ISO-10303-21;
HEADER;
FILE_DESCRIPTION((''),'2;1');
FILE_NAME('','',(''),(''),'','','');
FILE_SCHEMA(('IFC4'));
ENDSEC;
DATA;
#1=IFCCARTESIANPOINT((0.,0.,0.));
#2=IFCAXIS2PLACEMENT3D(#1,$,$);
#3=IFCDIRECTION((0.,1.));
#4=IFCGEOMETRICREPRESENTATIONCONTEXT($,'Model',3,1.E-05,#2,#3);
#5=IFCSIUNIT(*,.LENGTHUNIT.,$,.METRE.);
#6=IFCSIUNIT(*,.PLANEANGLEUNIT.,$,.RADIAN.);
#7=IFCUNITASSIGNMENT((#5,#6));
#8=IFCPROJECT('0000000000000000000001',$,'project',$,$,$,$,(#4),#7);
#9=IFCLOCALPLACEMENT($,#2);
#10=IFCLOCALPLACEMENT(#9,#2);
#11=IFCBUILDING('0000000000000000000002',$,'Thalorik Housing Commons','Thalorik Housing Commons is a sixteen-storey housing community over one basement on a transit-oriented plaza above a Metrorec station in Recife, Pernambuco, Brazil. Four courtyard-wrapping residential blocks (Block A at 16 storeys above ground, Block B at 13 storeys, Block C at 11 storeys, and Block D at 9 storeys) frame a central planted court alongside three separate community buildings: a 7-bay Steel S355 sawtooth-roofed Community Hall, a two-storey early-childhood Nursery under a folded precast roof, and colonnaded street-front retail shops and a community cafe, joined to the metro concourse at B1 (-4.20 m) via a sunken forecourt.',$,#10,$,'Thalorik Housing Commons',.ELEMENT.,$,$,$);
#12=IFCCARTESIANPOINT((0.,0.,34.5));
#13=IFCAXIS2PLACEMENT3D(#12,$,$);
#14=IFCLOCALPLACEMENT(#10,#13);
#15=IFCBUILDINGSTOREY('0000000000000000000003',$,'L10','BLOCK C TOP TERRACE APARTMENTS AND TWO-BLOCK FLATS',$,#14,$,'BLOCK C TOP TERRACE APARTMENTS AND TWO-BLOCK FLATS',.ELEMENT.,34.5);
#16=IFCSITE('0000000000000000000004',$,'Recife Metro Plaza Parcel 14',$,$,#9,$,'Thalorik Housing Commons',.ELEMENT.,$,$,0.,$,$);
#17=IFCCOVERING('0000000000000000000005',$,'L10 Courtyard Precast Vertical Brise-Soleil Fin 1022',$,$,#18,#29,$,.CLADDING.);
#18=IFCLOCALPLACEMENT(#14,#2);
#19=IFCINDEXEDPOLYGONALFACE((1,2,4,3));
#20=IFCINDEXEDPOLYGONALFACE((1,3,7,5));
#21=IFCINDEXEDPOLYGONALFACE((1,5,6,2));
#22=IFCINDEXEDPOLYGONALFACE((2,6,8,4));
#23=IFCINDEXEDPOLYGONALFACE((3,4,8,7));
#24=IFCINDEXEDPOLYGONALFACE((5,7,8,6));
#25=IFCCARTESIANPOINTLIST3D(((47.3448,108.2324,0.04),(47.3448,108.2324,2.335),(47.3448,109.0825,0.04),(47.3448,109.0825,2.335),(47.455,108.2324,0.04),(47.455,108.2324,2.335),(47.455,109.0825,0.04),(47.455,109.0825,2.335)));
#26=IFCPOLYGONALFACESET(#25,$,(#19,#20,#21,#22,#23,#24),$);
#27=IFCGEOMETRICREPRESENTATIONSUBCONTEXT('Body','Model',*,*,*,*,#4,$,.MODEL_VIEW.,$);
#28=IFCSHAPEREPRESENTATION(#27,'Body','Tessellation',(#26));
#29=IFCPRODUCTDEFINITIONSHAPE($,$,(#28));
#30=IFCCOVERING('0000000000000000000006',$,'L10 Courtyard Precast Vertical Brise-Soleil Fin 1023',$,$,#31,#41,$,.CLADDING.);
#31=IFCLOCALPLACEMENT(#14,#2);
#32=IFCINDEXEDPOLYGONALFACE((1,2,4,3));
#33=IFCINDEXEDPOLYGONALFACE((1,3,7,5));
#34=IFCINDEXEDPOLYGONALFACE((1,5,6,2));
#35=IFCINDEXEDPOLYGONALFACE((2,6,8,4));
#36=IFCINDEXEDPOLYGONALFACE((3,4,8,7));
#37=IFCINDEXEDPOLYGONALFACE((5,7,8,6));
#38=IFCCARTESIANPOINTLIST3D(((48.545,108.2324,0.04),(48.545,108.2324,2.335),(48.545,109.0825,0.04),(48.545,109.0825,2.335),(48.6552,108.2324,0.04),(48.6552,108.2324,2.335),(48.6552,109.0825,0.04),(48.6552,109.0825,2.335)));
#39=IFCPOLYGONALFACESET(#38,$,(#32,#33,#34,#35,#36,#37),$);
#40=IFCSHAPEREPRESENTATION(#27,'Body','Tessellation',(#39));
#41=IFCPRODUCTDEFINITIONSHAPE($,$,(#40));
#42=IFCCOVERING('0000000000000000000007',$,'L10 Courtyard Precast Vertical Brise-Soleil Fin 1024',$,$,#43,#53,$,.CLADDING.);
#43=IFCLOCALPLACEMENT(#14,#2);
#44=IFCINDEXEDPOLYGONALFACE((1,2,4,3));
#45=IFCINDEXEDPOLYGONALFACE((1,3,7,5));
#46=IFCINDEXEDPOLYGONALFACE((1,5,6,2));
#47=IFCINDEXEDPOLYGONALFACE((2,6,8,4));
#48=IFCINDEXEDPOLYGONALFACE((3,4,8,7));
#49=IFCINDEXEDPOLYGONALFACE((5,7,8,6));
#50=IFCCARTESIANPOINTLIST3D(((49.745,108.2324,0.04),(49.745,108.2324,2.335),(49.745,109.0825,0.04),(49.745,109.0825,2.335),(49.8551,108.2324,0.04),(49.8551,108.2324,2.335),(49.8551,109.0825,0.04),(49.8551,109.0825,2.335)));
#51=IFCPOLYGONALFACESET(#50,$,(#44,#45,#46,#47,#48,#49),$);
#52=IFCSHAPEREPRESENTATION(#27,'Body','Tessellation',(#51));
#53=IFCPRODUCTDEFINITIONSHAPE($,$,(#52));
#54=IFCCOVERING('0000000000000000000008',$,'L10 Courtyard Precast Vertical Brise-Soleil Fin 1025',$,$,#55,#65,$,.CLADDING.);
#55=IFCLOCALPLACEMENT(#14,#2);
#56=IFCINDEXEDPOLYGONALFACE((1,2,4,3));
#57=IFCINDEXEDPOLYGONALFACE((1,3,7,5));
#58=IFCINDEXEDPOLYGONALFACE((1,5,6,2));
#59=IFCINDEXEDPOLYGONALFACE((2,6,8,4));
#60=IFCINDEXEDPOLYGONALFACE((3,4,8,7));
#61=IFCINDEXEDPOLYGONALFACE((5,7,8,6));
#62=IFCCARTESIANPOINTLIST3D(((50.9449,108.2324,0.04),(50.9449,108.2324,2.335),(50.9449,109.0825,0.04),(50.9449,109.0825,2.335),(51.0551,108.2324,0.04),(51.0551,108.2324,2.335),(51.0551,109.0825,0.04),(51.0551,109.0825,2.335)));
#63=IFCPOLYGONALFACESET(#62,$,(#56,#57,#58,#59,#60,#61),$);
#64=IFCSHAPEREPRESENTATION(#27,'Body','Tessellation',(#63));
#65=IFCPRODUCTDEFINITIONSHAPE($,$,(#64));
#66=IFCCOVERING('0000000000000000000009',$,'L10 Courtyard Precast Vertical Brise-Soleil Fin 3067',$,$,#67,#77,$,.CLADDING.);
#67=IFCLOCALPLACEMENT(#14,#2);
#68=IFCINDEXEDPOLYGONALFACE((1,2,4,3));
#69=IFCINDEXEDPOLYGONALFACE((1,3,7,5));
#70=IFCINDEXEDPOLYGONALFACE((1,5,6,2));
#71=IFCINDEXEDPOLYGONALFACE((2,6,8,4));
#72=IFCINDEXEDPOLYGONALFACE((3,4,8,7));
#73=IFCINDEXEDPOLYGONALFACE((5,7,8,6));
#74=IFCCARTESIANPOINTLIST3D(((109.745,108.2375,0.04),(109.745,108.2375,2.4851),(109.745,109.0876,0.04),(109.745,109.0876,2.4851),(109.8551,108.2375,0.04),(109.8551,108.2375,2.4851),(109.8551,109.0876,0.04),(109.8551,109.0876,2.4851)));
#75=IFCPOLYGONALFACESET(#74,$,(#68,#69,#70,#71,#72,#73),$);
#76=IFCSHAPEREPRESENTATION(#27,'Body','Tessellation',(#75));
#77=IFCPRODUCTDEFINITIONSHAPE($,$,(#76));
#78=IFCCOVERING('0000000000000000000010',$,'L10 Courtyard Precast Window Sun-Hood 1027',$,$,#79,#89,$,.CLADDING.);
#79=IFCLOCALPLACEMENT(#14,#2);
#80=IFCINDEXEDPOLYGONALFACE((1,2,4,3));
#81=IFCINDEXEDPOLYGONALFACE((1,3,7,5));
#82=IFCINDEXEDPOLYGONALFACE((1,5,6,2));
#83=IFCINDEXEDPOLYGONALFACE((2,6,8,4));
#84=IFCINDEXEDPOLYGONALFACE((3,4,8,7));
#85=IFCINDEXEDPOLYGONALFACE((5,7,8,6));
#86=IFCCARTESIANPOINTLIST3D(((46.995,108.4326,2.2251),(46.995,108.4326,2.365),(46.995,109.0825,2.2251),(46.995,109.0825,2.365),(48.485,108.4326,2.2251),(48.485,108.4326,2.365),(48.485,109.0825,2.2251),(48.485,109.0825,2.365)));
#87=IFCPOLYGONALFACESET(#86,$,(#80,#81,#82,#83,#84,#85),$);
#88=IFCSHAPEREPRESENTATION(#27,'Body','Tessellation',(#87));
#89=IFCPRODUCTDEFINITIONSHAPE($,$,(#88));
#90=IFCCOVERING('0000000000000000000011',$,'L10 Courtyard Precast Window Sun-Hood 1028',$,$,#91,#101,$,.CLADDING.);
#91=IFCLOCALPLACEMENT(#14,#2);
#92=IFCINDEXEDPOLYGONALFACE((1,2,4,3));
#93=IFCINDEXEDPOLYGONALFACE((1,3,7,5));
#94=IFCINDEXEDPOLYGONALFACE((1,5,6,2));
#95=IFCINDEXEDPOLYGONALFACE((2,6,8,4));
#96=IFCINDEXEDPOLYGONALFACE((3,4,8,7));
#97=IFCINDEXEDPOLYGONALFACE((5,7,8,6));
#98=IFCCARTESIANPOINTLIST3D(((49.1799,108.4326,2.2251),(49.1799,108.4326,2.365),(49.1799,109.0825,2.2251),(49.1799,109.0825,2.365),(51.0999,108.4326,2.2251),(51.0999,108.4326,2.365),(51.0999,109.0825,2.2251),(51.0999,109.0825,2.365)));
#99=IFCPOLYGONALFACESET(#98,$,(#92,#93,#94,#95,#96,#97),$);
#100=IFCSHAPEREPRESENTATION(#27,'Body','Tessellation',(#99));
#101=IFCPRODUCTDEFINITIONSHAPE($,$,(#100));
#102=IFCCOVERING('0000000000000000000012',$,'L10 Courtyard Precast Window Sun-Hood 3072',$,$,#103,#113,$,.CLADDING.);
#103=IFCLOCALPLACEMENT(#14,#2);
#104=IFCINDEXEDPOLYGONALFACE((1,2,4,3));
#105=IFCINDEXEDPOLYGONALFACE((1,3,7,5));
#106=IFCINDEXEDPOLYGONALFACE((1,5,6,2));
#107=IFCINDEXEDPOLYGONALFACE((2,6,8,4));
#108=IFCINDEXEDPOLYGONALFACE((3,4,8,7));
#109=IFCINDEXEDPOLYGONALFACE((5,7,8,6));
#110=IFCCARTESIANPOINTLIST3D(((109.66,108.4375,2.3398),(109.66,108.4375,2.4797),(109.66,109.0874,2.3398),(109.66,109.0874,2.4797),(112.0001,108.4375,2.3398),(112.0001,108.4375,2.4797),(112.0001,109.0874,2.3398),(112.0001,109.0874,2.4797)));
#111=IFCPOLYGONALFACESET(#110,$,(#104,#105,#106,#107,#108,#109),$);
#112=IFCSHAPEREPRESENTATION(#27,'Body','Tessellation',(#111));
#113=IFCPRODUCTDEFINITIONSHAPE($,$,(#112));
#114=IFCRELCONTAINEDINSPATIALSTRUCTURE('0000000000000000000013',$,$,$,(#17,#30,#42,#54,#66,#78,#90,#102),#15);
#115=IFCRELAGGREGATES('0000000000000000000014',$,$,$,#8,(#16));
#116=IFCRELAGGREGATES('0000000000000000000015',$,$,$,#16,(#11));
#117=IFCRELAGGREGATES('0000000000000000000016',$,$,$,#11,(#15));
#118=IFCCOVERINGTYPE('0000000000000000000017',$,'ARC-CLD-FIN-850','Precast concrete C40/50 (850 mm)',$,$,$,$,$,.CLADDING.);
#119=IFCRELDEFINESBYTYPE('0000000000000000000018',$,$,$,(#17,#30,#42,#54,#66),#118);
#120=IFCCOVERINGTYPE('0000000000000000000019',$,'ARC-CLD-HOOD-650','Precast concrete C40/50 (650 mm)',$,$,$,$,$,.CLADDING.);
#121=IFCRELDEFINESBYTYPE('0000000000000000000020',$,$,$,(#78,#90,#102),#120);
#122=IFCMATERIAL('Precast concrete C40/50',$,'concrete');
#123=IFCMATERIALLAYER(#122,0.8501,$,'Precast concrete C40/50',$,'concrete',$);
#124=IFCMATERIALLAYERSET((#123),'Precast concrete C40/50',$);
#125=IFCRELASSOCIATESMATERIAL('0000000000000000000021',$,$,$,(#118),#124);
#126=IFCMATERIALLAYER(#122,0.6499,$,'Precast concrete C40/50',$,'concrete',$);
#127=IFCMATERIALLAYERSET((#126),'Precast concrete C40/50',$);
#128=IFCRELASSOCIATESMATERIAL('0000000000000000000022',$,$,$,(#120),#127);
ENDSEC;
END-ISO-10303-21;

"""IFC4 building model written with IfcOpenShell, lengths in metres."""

from ifc_helpers import new_model, si_unit, direction, frame, origin, origin_2d, place, context, subcontext, project, spatial, rectangle, extrude, material, layer, layer_set, type_object, element, save


model = new_model("IFC4")

# Units and contexts
model_context = context("Model", 3, precision=1e-05, world=origin(), true_north=direction((0.0, 1.0)))
body_context = subcontext(model_context, "Body", "Model", "MODEL_VIEW")
ifc_project = project(units=[si_unit("LENGTHUNIT", "METRE"), si_unit("PLANEANGLEUNIT", "RADIAN")], contexts=[model_context])

# Site, building, storey
site_placement = place(None, origin())
site = spatial("IfcSite", under=ifc_project, at=site_placement, Name="Recife Metro Plaza Parcel 14", LongName="Thalorik Housing Commons", CompositionType="ELEMENT", RefElevation=0.0)
building_placement = place(site_placement, origin())
building = spatial("IfcBuilding", under=site, at=building_placement, Name="Thalorik Housing Commons", Description="Thalorik Housing Commons is a sixteen-storey housing community over one basement on a transit-oriented plaza above a Metrorec station in Recife, Pernambuco, Brazil. Four courtyard-wrapping residential blocks (Block A at 16 storeys above ground, Block B at 13 storeys, Block C at 11 storeys, and Block D at 9 storeys) frame a central planted court alongside three separate community buildings: a 7-bay Steel S355 sawtooth-roofed Community Hall, a two-storey early-childhood Nursery under a folded precast roof, and colonnaded street-front retail shops and a community cafe, joined to the metro concourse at B1 (-4.20 m) via a sunken forecourt.", LongName="Thalorik Housing Commons", CompositionType="ELEMENT")
storey_placement = place(building_placement, frame((0.0, 0.0, 34.5)))
storey = spatial("IfcBuildingStorey", under=building, at=storey_placement, Name="L10", Description="BLOCK C TOP TERRACE APARTMENTS AND TWO-BLOCK FLATS", LongName="BLOCK C TOP TERRACE APARTMENTS AND TWO-BLOCK FLATS", CompositionType="ELEMENT", Elevation=34.5)

# Shared definitions
ifc_material_1 = material(Name="Precast concrete C40/50", Category="concrete")

# Coverings
ifc_layer_1 = layer(ifc_material_1, 0.8501, Name="Precast concrete C40/50", Category="concrete")
ifc_layer_set_1 = layer_set([ifc_layer_1], Name="Precast concrete C40/50")
covering_type_1 = type_object("IfcCoveringType", Name="ARC-CLD-FIN-850", Description="Precast concrete C40/50 (850 mm)", PredefinedType="CLADDING", material=ifc_layer_set_1)
for number, where, z_axis, x_axis, name in (
    (1, (47.3999, 108.6575, 0.04), (0.0, 0.0, 1.0), (1.0, 0.0, 0.0), "L10 Courtyard Precast Vertical Brise-Soleil Fin 1022"),
    (2, (48.6001, 108.6575, 0.04), (0.0, 0.0, 1.0), (1.0, 0.0, 0.0), "L10 Courtyard Precast Vertical Brise-Soleil Fin 1023"),
    (3, (49.8, 108.6575, 0.04), (0.0, 0.0, 1.0), (1.0, 0.0, 0.0), "L10 Courtyard Precast Vertical Brise-Soleil Fin 1024"),
    (4, (51.0, 108.6575, 0.04), (0.0, 0.0, 1.0), (1.0, 0.0, 0.0), "L10 Courtyard Precast Vertical Brise-Soleil Fin 1025"),
):
    element("IfcCovering", number, at=place(storey_placement, frame(where, z_axis=z_axis, x_axis=x_axis)), inside=storey, type_object=covering_type_1, Name=name, PredefinedType="CLADDING", context=body_context, shape_type="SweptSolid", body=[
        extrude(rectangle(XDim=0.1101, YDim=0.8501, at=origin_2d()), origin(), (0.0, 0.0, 1.0), 2.2949),
    ])
covering_1_placement = place(storey_placement, frame((109.8, 108.6626, 0.04), z_axis=(0.0, 0.0, 1.0), x_axis=(1.0, 0.0, 0.0)))
element("IfcCovering", 5, at=covering_1_placement, inside=storey, type_object=covering_type_1, Name="L10 Courtyard Precast Vertical Brise-Soleil Fin 3067", PredefinedType="CLADDING", context=body_context, shape_type="SweptSolid", body=[
    extrude(rectangle(XDim=0.1101, YDim=0.8501, at=origin_2d()), origin(), (0.0, 0.0, 1.0), 2.4451),
])
ifc_layer_2 = layer(ifc_material_1, 0.6499, Name="Precast concrete C40/50", Category="concrete")
ifc_layer_set_2 = layer_set([ifc_layer_2], Name="Precast concrete C40/50")
covering_type_2 = type_object("IfcCoveringType", Name="ARC-CLD-HOOD-650", Description="Precast concrete C40/50 (650 mm)", PredefinedType="CLADDING", material=ifc_layer_set_2)
covering_2_placement = place(storey_placement, frame((47.74, 108.7576, 2.2251), z_axis=(0.0, 0.0, 1.0), x_axis=(1.0, 0.0, 0.0)))
element("IfcCovering", 6, at=covering_2_placement, inside=storey, type_object=covering_type_2, Name="L10 Courtyard Precast Window Sun-Hood 1027", PredefinedType="CLADDING", context=body_context, shape_type="SweptSolid", body=[
    extrude(rectangle(XDim=1.49, YDim=0.6499, at=origin_2d()), origin(), (0.0, 0.0, 1.0), 0.1399),
])
covering_3_placement = place(storey_placement, frame((50.1399, 108.7576, 2.2251), z_axis=(0.0, 0.0, 1.0), x_axis=(1.0, 0.0, 0.0)))
element("IfcCovering", 7, at=covering_3_placement, inside=storey, type_object=covering_type_2, Name="L10 Courtyard Precast Window Sun-Hood 1028", PredefinedType="CLADDING", context=body_context, shape_type="SweptSolid", body=[
    extrude(rectangle(XDim=1.9199, YDim=0.6499, at=origin_2d()), origin(), (0.0, 0.0, 1.0), 0.1399),
])
covering_4_placement = place(storey_placement, frame((110.8301, 108.7625, 2.3398), z_axis=(0.0, 0.0, 1.0), x_axis=(1.0, 0.0, 0.0)))
element("IfcCovering", 8, at=covering_4_placement, inside=storey, type_object=covering_type_2, Name="L10 Courtyard Precast Window Sun-Hood 3072", PredefinedType="CLADDING", context=body_context, shape_type="SweptSolid", body=[
    extrude(rectangle(XDim=2.3401, YDim=0.6499, at=origin_2d()), origin(), (0.0, 0.0, 1.0), 0.1399),
])

save(model, "model.ifc")
